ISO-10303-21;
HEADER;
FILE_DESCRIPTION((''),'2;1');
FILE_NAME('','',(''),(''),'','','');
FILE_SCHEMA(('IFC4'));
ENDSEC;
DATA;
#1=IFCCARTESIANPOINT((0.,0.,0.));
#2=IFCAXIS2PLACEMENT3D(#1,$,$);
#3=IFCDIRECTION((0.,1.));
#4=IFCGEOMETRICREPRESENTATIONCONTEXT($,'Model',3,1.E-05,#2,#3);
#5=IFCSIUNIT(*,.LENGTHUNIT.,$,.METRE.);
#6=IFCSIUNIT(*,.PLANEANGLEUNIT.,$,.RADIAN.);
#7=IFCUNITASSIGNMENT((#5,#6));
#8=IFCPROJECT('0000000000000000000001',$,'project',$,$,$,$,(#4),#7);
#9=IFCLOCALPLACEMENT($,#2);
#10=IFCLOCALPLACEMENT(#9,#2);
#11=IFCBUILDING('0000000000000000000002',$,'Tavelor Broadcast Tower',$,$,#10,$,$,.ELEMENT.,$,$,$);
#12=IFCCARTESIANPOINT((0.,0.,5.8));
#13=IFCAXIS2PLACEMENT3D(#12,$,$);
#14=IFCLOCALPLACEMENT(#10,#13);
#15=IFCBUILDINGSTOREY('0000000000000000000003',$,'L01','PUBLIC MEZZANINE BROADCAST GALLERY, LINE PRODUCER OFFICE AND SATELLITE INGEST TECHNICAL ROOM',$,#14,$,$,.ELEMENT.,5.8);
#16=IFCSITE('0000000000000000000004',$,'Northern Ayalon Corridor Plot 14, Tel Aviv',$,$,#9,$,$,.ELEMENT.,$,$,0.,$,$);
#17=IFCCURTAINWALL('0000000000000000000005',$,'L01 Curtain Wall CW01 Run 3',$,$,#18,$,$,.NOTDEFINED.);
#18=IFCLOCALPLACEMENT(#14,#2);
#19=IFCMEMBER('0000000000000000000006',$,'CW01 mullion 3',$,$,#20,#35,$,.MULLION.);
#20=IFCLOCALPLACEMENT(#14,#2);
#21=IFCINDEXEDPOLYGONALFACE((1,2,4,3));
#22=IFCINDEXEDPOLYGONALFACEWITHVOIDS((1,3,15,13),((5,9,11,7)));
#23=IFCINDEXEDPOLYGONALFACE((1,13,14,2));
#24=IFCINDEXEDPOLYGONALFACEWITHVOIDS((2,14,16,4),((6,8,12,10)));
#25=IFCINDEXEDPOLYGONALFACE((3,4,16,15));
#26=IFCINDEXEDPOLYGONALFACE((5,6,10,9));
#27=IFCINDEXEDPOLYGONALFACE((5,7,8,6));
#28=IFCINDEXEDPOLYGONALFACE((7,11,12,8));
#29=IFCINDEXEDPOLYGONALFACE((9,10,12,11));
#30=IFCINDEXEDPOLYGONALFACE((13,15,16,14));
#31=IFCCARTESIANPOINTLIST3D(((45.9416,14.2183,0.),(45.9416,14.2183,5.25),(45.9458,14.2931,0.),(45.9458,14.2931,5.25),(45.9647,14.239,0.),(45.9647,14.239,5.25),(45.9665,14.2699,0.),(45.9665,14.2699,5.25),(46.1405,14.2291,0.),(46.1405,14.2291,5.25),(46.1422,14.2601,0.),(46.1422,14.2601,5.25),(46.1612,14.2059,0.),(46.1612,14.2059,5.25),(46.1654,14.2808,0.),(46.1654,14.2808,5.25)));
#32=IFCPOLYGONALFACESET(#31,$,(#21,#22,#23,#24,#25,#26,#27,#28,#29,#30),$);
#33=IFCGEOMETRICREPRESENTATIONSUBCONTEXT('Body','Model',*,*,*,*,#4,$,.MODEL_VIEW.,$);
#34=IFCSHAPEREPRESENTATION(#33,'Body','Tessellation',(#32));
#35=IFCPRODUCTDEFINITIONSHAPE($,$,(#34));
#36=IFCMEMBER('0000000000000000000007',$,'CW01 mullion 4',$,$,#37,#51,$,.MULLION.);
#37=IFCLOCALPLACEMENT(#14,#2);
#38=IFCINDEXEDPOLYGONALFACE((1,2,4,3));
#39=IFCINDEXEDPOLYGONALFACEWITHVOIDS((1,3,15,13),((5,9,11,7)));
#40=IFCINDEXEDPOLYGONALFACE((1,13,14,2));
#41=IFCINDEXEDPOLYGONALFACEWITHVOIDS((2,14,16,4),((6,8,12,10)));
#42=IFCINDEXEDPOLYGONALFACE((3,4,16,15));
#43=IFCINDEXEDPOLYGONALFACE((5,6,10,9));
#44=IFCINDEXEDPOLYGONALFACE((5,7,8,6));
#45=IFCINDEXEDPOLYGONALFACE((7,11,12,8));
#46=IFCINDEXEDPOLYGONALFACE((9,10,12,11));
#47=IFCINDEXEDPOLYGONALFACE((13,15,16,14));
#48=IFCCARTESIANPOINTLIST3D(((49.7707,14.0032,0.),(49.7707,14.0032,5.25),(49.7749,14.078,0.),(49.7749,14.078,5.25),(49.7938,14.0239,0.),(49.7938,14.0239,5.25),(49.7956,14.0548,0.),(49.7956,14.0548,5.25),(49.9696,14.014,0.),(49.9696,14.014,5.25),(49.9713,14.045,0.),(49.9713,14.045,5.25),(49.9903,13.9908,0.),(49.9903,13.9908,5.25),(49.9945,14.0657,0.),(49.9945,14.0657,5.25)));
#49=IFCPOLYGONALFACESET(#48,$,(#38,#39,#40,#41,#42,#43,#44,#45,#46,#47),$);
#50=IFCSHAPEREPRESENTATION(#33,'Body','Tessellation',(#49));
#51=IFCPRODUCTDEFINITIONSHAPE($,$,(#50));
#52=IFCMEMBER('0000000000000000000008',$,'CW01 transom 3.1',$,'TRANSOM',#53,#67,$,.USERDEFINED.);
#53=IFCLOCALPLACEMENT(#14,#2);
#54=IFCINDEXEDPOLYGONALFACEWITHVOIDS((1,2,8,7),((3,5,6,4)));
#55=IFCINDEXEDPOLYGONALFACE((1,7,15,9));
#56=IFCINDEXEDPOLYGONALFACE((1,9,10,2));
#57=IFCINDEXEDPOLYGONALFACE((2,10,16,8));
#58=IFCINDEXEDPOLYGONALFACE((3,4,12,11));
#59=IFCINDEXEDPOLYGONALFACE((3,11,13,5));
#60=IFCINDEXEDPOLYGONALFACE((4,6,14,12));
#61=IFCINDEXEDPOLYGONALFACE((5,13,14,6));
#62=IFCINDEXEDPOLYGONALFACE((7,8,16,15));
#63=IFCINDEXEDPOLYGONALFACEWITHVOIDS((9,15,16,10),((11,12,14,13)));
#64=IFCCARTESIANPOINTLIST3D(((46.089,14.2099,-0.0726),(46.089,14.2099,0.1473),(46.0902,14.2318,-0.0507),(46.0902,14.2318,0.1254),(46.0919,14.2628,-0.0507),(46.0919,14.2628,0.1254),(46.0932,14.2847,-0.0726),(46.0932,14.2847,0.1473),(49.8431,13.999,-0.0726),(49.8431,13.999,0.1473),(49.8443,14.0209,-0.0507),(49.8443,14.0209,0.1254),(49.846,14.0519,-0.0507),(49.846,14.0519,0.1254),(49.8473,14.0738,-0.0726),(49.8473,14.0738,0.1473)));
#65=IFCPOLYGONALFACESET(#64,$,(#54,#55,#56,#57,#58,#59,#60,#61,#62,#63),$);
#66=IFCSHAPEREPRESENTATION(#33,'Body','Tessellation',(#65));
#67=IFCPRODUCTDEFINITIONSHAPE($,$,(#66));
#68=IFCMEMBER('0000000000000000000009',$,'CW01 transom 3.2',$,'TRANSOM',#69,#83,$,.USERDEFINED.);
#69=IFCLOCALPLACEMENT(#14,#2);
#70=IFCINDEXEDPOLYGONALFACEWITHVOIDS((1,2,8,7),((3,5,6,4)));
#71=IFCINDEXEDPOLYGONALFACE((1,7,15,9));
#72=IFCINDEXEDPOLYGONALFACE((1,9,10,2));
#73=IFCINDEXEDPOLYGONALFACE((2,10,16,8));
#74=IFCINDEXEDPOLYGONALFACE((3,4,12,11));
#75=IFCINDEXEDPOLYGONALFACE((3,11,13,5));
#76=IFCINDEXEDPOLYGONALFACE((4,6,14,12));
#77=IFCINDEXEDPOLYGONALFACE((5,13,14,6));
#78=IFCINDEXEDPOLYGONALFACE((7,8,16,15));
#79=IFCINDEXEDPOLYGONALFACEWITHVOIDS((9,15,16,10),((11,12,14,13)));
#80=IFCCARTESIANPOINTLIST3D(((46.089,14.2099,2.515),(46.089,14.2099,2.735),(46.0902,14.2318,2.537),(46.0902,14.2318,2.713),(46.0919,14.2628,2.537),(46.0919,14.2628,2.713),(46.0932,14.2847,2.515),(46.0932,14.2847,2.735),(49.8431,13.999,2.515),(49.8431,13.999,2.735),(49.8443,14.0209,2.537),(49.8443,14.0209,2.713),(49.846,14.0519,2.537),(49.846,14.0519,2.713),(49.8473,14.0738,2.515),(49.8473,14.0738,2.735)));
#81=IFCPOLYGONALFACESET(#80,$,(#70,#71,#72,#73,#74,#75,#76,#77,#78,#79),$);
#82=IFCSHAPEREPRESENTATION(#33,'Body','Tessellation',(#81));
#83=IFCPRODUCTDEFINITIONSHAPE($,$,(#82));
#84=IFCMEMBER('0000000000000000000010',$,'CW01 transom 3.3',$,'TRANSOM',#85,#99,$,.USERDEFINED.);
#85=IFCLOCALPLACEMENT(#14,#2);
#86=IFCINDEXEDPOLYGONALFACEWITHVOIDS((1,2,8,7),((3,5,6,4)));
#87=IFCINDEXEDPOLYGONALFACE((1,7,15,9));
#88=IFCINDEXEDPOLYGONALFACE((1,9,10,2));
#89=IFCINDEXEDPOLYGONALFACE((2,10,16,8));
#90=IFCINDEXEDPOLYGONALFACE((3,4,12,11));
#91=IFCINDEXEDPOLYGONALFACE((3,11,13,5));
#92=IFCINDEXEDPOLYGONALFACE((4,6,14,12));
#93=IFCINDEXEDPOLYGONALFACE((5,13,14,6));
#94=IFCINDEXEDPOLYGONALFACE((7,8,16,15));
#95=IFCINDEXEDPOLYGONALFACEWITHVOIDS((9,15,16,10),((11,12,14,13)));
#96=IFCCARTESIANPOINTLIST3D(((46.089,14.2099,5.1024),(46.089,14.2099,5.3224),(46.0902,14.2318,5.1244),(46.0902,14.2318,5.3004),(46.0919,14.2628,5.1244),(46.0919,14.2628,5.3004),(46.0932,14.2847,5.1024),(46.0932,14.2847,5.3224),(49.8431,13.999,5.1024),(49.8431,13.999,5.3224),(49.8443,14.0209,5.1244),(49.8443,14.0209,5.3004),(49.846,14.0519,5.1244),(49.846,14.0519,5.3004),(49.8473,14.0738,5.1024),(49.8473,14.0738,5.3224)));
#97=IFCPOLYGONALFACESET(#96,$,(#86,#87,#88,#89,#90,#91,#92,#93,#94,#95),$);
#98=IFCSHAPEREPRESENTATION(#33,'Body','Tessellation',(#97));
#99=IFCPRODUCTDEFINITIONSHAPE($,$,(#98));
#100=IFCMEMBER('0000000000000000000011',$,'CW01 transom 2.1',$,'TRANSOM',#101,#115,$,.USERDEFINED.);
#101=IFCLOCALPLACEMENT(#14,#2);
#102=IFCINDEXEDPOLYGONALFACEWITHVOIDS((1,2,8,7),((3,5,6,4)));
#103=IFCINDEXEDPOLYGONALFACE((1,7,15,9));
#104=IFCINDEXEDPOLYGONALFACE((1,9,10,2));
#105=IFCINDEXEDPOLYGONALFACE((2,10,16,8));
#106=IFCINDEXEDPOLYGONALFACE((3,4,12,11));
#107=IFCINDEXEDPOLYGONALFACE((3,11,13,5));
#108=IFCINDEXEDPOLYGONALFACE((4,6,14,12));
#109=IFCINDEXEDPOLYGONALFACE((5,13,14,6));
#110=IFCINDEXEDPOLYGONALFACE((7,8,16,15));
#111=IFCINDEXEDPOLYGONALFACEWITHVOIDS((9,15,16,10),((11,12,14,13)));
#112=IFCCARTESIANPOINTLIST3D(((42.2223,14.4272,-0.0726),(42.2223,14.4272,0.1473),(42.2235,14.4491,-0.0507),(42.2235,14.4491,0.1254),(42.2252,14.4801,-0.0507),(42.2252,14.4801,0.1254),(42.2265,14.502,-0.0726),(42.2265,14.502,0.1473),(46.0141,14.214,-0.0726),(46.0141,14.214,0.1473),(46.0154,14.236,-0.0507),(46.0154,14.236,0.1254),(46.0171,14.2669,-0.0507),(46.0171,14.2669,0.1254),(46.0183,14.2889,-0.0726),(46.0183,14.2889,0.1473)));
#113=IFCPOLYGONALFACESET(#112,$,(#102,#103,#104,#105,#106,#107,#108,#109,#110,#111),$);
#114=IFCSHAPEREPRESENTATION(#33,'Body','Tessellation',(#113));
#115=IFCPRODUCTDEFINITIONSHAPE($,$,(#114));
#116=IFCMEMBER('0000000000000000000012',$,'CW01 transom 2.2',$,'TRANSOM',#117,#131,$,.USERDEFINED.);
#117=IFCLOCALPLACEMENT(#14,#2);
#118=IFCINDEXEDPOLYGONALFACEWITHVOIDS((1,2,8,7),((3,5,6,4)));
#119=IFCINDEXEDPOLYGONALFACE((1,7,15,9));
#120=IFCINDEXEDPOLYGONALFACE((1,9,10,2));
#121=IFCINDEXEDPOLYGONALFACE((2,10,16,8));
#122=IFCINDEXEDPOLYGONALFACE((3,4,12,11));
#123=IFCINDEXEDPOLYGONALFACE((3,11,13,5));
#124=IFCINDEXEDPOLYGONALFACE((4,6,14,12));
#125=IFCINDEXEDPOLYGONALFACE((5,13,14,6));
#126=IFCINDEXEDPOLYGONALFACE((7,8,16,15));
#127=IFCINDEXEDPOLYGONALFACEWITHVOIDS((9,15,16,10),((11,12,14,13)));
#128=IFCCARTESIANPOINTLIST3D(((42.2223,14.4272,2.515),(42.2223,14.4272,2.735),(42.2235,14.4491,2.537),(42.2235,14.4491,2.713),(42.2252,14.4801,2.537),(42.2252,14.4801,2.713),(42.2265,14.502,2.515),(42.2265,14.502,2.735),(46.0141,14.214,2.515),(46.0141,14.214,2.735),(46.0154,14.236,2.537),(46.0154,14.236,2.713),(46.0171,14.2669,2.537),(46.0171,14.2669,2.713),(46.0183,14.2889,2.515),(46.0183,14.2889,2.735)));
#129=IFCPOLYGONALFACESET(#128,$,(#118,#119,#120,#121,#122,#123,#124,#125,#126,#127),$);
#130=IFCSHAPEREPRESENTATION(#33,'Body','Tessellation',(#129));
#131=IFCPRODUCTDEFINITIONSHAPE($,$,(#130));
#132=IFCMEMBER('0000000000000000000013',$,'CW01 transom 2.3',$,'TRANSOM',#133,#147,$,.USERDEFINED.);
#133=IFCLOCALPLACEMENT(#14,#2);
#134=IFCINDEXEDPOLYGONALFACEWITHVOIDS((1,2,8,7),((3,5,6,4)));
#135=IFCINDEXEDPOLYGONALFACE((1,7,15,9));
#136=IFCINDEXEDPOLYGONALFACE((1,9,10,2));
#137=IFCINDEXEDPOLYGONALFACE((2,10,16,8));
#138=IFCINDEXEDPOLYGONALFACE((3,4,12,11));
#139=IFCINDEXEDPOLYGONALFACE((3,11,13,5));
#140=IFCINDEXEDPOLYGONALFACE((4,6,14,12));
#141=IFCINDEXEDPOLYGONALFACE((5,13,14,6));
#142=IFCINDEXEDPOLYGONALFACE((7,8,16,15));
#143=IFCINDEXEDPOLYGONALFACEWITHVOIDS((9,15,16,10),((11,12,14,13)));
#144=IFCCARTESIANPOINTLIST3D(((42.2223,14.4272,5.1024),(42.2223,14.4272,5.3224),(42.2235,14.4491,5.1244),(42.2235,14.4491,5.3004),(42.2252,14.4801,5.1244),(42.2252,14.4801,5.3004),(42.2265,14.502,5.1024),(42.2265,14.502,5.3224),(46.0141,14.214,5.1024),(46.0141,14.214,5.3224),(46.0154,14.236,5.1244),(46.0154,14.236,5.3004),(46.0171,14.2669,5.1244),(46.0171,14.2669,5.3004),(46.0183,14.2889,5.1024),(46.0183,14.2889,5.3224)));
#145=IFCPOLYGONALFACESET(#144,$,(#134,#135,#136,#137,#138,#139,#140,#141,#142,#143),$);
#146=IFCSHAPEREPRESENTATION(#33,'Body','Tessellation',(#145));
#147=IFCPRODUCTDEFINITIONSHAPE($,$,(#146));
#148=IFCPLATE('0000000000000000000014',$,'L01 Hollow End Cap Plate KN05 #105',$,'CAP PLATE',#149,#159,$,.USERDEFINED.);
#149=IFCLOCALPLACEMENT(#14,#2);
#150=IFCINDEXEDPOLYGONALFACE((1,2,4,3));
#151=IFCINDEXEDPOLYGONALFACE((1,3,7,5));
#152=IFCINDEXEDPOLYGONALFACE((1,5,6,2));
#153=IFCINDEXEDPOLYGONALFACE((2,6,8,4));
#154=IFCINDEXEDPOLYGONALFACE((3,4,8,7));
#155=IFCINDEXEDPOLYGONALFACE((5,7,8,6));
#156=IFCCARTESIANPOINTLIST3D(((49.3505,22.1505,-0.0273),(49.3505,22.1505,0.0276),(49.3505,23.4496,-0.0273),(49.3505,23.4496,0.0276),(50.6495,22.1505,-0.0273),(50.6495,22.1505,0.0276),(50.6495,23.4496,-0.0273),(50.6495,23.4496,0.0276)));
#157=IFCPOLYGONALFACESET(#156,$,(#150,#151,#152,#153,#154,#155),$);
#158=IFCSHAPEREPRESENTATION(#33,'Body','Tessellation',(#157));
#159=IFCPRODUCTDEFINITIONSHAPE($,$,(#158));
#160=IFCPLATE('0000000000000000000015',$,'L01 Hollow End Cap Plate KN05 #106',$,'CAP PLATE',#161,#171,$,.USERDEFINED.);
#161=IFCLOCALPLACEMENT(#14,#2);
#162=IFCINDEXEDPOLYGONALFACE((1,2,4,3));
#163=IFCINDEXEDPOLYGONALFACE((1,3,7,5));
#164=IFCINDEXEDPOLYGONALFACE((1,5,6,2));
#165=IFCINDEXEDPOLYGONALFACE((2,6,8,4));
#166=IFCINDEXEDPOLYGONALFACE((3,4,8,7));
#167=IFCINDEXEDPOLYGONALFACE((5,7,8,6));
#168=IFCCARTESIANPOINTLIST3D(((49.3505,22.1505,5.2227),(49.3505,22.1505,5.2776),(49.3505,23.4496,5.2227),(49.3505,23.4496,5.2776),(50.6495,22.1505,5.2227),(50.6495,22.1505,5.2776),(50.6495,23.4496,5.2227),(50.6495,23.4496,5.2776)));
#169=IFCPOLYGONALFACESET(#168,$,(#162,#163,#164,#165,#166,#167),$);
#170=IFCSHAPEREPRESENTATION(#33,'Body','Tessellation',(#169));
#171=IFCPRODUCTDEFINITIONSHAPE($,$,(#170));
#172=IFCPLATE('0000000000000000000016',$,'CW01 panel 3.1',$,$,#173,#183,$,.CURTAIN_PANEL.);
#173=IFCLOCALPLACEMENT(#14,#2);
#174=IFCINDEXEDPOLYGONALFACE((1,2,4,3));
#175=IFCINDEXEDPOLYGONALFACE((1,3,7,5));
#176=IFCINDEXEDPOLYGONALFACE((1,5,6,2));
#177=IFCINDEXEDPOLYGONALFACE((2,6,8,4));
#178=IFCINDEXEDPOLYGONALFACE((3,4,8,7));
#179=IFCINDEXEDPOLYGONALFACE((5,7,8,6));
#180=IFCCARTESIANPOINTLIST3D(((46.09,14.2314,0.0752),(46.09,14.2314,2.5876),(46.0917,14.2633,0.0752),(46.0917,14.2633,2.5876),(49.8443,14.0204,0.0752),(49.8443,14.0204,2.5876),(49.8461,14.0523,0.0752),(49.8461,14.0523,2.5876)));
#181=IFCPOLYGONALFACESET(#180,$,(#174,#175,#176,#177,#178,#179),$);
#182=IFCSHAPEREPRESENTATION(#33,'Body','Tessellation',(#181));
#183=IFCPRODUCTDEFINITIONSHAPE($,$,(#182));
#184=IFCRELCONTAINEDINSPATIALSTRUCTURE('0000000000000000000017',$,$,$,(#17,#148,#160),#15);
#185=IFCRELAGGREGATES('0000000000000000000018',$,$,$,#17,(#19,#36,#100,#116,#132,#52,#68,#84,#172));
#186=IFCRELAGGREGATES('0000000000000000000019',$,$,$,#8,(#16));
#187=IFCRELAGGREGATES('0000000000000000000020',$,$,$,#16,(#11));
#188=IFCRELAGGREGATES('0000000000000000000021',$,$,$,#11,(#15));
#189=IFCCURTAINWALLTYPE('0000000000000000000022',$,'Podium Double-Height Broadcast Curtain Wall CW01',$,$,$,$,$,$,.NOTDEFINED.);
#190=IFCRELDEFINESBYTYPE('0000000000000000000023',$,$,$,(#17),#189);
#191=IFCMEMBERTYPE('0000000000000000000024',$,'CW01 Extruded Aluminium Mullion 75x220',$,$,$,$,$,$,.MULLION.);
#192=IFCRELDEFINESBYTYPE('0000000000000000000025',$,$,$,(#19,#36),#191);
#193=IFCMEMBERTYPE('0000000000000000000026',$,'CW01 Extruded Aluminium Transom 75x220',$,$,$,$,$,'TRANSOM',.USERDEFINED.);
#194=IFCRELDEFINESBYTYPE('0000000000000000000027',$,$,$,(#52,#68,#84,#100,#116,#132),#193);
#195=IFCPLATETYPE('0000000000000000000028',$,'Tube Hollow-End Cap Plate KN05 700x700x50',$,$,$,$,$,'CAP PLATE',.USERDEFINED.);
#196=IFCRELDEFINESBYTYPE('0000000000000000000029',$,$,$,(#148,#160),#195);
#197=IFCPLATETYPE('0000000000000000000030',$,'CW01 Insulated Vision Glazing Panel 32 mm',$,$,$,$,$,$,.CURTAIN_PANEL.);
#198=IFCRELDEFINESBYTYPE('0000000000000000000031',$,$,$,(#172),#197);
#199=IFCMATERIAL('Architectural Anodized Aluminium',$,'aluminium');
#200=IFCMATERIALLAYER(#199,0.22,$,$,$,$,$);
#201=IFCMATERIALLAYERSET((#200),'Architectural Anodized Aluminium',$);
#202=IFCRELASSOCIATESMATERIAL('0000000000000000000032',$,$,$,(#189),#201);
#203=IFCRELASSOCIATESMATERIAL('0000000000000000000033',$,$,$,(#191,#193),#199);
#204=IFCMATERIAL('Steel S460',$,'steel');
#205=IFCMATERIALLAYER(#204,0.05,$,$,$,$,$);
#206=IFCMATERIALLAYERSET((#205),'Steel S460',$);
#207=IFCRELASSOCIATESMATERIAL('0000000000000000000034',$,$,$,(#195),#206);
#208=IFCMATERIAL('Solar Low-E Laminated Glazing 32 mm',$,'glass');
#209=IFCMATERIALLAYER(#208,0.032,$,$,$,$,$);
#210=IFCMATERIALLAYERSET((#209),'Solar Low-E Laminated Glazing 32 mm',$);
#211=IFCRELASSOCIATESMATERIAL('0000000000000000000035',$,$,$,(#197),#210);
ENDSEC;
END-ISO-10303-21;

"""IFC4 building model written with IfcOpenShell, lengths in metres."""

from ifc_helpers import new_model, si_unit, direction, frame, origin, origin_2d, place, context, subcontext, project, spatial, rectangle, hollow_rectangle, extrude, source, transform, mapped, material, layer, layer_set, material_profile, profile_set, type_object, type_shapes, element, aggregate, save


model = new_model("IFC4")

# Units and contexts
model_context = context("Model", 3, precision=1e-05, world=origin(), true_north=direction((0.0, 1.0)))
body_context = subcontext(model_context, "Body", "Model", "MODEL_VIEW")
ifc_project = project(units=[si_unit("LENGTHUNIT", "METRE"), si_unit("PLANEANGLEUNIT", "RADIAN")], contexts=[model_context])

# Site, building, storey
site_placement = place(None, origin())
site = spatial("IfcSite", under=ifc_project, at=site_placement, Name="Northern Ayalon Corridor Plot 14, Tel Aviv", CompositionType="ELEMENT", RefElevation=0.0)
building_placement = place(site_placement, origin())
building = spatial("IfcBuilding", under=site, at=building_placement, Name="Tavelor Broadcast Tower", CompositionType="ELEMENT")
storey_placement = place(building_placement, frame((0.0, 0.0, 5.8)))
storey = spatial("IfcBuildingStorey", under=building, at=storey_placement, Name="L01", Description="PUBLIC MEZZANINE BROADCAST GALLERY, LINE PRODUCER OFFICE AND SATELLITE INGEST TECHNICAL ROOM", CompositionType="ELEMENT", Elevation=5.8)

# Shared definitions
ifc_material_1 = material(Name="Steel S460", Category="steel")

# Curtain wall, members
ifc_material_2 = material(Name="Architectural Anodized Aluminium", Category="aluminium")
ifc_layer_1 = layer(ifc_material_2, 0.22)
ifc_layer_set_1 = layer_set([ifc_layer_1], Name="Architectural Anodized Aluminium")
curtain_wall_type = type_object("IfcCurtainWallType", Name="Podium Double-Height Broadcast Curtain Wall CW01", PredefinedType="NOTDEFINED", material=ifc_layer_set_1)
curtain_wall_placement = place(storey_placement, origin())
curtain_wall = element("IfcCurtainWall", 1, at=curtain_wall_placement, inside=storey, type_object=curtain_wall_type, Name="L01 Curtain Wall CW01 Run 3", PredefinedType="NOTDEFINED")
ifc_material_profile_1 = material_profile(ifc_material_2, hollow_rectangle(XDim=0.075, YDim=0.22, WallThickness=0.022, at=origin_2d()), Name="RHS 75x220x22")
ifc_profile_set_1 = profile_set([ifc_material_profile_1], Name="Architectural Anodized Aluminium")
member_type_1 = type_object("IfcMemberType", Name="CW01 Extruded Aluminium Mullion 75x220", PredefinedType="MULLION", material=ifc_profile_set_1)
shared_shape_1 = source(origin(), body_context, "Body", "SweptSolid", [
    extrude(hollow_rectangle(XDim=0.075, YDim=0.22, WallThickness=0.022, at=origin_2d()), origin(), (0.0, 0.0, 1.0), 5.25),
])
type_shapes(member_type_1, [shared_shape_1])
member_1_placement = place(storey_placement, frame((46.0535, 14.2495, 0.0), z_axis=(0.0, 0.0, 1.0), x_axis=(0.056103, 0.998425, 0.0)))
member_1 = element("IfcMember", 2, at=member_1_placement, type_object=member_type_1, Name="CW01 mullion 3", PredefinedType="MULLION", context=body_context, shape_type="MappedRepresentation", body=[
    mapped(shared_shape_1, transform((0.0, 0.0, 0.0), scale=1.0)),
])
member_2_placement = place(storey_placement, frame((49.8826, 14.0344, 0.0), z_axis=(0.0, 0.0, 1.0), x_axis=(0.056103, 0.998425, 0.0)))
member_2 = element("IfcMember", 3, at=member_2_placement, type_object=member_type_1, Name="CW01 mullion 4", PredefinedType="MULLION", context=body_context, shape_type="MappedRepresentation", body=[
    mapped(shared_shape_1, transform((0.0, 0.0, 0.0), scale=1.0)),
])
ifc_material_profile_2 = material_profile(ifc_material_2, hollow_rectangle(XDim=0.075, YDim=0.22, WallThickness=0.022, at=origin_2d()), Name="RHS 75x220x22")
ifc_profile_set_2 = profile_set([ifc_material_profile_2], Name="Architectural Anodized Aluminium")
member_type_2 = type_object("IfcMemberType", Name="CW01 Extruded Aluminium Transom 75x220", ElementType="TRANSOM", PredefinedType="USERDEFINED", material=ifc_profile_set_2)
shared_shape_2 = source(origin(), body_context, "Body", "SweptSolid", [
    extrude(hollow_rectangle(XDim=0.075, YDim=0.22, WallThickness=0.022, at=origin_2d()), origin(), (0.0, 0.0, 1.0), 3.76),
])
member_3_placement = place(storey_placement, frame((46.0911, 14.2473, 0.0374), z_axis=(0.998425, -0.056099, 0.0), x_axis=(0.056099, 0.998425, 0.0)))
member_3 = element("IfcMember", 4, at=member_3_placement, type_object=member_type_2, Name="CW01 transom 3.1", ObjectType="TRANSOM", PredefinedType="USERDEFINED", context=body_context, shape_type="MappedRepresentation", body=[
    mapped(shared_shape_2, transform((0.0, 0.0, 0.0), scale=1.0)),
])
member_4_placement = place(storey_placement, frame((46.0911, 14.2473, 2.625), z_axis=(0.998425, -0.056099, 0.0), x_axis=(0.056099, 0.998425, 0.0)))
member_4 = element("IfcMember", 5, at=member_4_placement, type_object=member_type_2, Name="CW01 transom 3.2", ObjectType="TRANSOM", PredefinedType="USERDEFINED", context=body_context, shape_type="MappedRepresentation", body=[
    mapped(shared_shape_2, transform((0.0, 0.0, 0.0), scale=1.0)),
])
member_5_placement = place(storey_placement, frame((46.0911, 14.2473, 5.2124), z_axis=(0.998425, -0.056099, 0.0), x_axis=(0.056099, 0.998425, 0.0)))
member_5 = element("IfcMember", 6, at=member_5_placement, type_object=member_type_2, Name="CW01 transom 3.3", ObjectType="TRANSOM", PredefinedType="USERDEFINED", context=body_context, shape_type="MappedRepresentation", body=[
    mapped(shared_shape_2, transform((0.0, 0.0, 0.0), scale=1.0)),
])
shared_shape_3 = source(origin(), body_context, "Body", "SweptSolid", [
    extrude(hollow_rectangle(XDim=0.075, YDim=0.22, WallThickness=0.022, at=origin_2d()), origin(), (0.0, 0.0, 1.0), 3.7979),
])
type_shapes(member_type_2, [shared_shape_2, shared_shape_3])
member_6_placement = place(storey_placement, frame((42.2244, 14.4646, 0.0374), z_axis=(0.998424, -0.056122, 0.0), x_axis=(0.056122, 0.998424, 0.0)))
member_6 = element("IfcMember", 7, at=member_6_placement, type_object=member_type_2, Name="CW01 transom 2.1", ObjectType="TRANSOM", PredefinedType="USERDEFINED", context=body_context, shape_type="MappedRepresentation", body=[
    mapped(shared_shape_3, transform((0.0, 0.0, 0.0), scale=1.0)),
])
member_7_placement = place(storey_placement, frame((42.2244, 14.4646, 2.625), z_axis=(0.998424, -0.056122, 0.0), x_axis=(0.056122, 0.998424, 0.0)))
member_7 = element("IfcMember", 8, at=member_7_placement, type_object=member_type_2, Name="CW01 transom 2.2", ObjectType="TRANSOM", PredefinedType="USERDEFINED", context=body_context, shape_type="MappedRepresentation", body=[
    mapped(shared_shape_3, transform((0.0, 0.0, 0.0), scale=1.0)),
])
member_8_placement = place(storey_placement, frame((42.2244, 14.4646, 5.2124), z_axis=(0.998424, -0.056122, 0.0), x_axis=(0.056122, 0.998424, 0.0)))
member_8 = element("IfcMember", 9, at=member_8_placement, type_object=member_type_2, Name="CW01 transom 2.3", ObjectType="TRANSOM", PredefinedType="USERDEFINED", context=body_context, shape_type="MappedRepresentation", body=[
    mapped(shared_shape_3, transform((0.0, 0.0, 0.0), scale=1.0)),
])

# Plates
ifc_layer_2 = layer(ifc_material_1, 0.05)
ifc_layer_set_2 = layer_set([ifc_layer_2], Name="Steel S460")
plate_type_1 = type_object("IfcPlateType", Name="Tube Hollow-End Cap Plate KN05 700x700x50", ElementType="CAP PLATE", PredefinedType="USERDEFINED", material=ifc_layer_set_2)
shared_shape_4 = source(origin(), body_context, "Body", "SweptSolid", [
    extrude(rectangle(XDim=1.2991, YDim=1.2991, at=origin_2d()), origin(), (0.0, 0.0, 1.0), 0.0549),
])
type_shapes(plate_type_1, [shared_shape_4])
for number, where, z_axis, x_axis, name in (
    (10, (50.0, 22.8, -0.0273), (0.0, 0.0, 1.0), (1.0, 0.0, 0.0), "L01 Hollow End Cap Plate KN05 #105"),
    (11, (50.0, 22.8, 5.2227), (0.0, 0.0, 1.0), (1.0, 0.0, 0.0), "L01 Hollow End Cap Plate KN05 #106"),
):
    element("IfcPlate", number, at=place(storey_placement, frame(where, z_axis=z_axis, x_axis=x_axis)), inside=storey, type_object=plate_type_1, Name=name, ObjectType="CAP PLATE", PredefinedType="USERDEFINED", context=body_context, shape_type="MappedRepresentation", body=[
        mapped(shared_shape_4, transform((0.0, 0.0, 0.0), scale=1.0)),
    ])

# Plate
ifc_material_3 = material(Name="Solar Low-E Laminated Glazing 32 mm", Category="glass")
ifc_layer_3 = layer(ifc_material_3, 0.032)
ifc_layer_set_3 = layer_set([ifc_layer_3], Name="Solar Low-E Laminated Glazing 32 mm")
plate_type_2 = type_object("IfcPlateType", Name="CW01 Insulated Vision Glazing Panel 32 mm", PredefinedType="CURTAIN_PANEL", material=ifc_layer_set_3)
shared_shape_5 = source(origin(), body_context, "Body", "SweptSolid", [
    extrude(rectangle(XDim=3.7603, YDim=0.032, at=origin_2d()), origin(), (0.0, 0.0, 1.0), 2.5125),
])
plate_1_placement = place(storey_placement, frame((47.968, 14.1418, 0.0752), z_axis=(0.0, 0.0, 1.0), x_axis=(0.998425, -0.056103, 0.0)))
plate_1 = element("IfcPlate", 12, at=plate_1_placement, type_object=plate_type_2, Name="CW01 panel 3.1", PredefinedType="CURTAIN_PANEL", context=body_context, shape_type="MappedRepresentation", body=[
    mapped(shared_shape_5, transform((0.0, 0.0, 0.0), scale=1.0)),
])
aggregate(curtain_wall, [member_1, member_2, member_6, member_7, member_8, member_3, member_4, member_5, plate_1])

save(model, "model.ifc")
